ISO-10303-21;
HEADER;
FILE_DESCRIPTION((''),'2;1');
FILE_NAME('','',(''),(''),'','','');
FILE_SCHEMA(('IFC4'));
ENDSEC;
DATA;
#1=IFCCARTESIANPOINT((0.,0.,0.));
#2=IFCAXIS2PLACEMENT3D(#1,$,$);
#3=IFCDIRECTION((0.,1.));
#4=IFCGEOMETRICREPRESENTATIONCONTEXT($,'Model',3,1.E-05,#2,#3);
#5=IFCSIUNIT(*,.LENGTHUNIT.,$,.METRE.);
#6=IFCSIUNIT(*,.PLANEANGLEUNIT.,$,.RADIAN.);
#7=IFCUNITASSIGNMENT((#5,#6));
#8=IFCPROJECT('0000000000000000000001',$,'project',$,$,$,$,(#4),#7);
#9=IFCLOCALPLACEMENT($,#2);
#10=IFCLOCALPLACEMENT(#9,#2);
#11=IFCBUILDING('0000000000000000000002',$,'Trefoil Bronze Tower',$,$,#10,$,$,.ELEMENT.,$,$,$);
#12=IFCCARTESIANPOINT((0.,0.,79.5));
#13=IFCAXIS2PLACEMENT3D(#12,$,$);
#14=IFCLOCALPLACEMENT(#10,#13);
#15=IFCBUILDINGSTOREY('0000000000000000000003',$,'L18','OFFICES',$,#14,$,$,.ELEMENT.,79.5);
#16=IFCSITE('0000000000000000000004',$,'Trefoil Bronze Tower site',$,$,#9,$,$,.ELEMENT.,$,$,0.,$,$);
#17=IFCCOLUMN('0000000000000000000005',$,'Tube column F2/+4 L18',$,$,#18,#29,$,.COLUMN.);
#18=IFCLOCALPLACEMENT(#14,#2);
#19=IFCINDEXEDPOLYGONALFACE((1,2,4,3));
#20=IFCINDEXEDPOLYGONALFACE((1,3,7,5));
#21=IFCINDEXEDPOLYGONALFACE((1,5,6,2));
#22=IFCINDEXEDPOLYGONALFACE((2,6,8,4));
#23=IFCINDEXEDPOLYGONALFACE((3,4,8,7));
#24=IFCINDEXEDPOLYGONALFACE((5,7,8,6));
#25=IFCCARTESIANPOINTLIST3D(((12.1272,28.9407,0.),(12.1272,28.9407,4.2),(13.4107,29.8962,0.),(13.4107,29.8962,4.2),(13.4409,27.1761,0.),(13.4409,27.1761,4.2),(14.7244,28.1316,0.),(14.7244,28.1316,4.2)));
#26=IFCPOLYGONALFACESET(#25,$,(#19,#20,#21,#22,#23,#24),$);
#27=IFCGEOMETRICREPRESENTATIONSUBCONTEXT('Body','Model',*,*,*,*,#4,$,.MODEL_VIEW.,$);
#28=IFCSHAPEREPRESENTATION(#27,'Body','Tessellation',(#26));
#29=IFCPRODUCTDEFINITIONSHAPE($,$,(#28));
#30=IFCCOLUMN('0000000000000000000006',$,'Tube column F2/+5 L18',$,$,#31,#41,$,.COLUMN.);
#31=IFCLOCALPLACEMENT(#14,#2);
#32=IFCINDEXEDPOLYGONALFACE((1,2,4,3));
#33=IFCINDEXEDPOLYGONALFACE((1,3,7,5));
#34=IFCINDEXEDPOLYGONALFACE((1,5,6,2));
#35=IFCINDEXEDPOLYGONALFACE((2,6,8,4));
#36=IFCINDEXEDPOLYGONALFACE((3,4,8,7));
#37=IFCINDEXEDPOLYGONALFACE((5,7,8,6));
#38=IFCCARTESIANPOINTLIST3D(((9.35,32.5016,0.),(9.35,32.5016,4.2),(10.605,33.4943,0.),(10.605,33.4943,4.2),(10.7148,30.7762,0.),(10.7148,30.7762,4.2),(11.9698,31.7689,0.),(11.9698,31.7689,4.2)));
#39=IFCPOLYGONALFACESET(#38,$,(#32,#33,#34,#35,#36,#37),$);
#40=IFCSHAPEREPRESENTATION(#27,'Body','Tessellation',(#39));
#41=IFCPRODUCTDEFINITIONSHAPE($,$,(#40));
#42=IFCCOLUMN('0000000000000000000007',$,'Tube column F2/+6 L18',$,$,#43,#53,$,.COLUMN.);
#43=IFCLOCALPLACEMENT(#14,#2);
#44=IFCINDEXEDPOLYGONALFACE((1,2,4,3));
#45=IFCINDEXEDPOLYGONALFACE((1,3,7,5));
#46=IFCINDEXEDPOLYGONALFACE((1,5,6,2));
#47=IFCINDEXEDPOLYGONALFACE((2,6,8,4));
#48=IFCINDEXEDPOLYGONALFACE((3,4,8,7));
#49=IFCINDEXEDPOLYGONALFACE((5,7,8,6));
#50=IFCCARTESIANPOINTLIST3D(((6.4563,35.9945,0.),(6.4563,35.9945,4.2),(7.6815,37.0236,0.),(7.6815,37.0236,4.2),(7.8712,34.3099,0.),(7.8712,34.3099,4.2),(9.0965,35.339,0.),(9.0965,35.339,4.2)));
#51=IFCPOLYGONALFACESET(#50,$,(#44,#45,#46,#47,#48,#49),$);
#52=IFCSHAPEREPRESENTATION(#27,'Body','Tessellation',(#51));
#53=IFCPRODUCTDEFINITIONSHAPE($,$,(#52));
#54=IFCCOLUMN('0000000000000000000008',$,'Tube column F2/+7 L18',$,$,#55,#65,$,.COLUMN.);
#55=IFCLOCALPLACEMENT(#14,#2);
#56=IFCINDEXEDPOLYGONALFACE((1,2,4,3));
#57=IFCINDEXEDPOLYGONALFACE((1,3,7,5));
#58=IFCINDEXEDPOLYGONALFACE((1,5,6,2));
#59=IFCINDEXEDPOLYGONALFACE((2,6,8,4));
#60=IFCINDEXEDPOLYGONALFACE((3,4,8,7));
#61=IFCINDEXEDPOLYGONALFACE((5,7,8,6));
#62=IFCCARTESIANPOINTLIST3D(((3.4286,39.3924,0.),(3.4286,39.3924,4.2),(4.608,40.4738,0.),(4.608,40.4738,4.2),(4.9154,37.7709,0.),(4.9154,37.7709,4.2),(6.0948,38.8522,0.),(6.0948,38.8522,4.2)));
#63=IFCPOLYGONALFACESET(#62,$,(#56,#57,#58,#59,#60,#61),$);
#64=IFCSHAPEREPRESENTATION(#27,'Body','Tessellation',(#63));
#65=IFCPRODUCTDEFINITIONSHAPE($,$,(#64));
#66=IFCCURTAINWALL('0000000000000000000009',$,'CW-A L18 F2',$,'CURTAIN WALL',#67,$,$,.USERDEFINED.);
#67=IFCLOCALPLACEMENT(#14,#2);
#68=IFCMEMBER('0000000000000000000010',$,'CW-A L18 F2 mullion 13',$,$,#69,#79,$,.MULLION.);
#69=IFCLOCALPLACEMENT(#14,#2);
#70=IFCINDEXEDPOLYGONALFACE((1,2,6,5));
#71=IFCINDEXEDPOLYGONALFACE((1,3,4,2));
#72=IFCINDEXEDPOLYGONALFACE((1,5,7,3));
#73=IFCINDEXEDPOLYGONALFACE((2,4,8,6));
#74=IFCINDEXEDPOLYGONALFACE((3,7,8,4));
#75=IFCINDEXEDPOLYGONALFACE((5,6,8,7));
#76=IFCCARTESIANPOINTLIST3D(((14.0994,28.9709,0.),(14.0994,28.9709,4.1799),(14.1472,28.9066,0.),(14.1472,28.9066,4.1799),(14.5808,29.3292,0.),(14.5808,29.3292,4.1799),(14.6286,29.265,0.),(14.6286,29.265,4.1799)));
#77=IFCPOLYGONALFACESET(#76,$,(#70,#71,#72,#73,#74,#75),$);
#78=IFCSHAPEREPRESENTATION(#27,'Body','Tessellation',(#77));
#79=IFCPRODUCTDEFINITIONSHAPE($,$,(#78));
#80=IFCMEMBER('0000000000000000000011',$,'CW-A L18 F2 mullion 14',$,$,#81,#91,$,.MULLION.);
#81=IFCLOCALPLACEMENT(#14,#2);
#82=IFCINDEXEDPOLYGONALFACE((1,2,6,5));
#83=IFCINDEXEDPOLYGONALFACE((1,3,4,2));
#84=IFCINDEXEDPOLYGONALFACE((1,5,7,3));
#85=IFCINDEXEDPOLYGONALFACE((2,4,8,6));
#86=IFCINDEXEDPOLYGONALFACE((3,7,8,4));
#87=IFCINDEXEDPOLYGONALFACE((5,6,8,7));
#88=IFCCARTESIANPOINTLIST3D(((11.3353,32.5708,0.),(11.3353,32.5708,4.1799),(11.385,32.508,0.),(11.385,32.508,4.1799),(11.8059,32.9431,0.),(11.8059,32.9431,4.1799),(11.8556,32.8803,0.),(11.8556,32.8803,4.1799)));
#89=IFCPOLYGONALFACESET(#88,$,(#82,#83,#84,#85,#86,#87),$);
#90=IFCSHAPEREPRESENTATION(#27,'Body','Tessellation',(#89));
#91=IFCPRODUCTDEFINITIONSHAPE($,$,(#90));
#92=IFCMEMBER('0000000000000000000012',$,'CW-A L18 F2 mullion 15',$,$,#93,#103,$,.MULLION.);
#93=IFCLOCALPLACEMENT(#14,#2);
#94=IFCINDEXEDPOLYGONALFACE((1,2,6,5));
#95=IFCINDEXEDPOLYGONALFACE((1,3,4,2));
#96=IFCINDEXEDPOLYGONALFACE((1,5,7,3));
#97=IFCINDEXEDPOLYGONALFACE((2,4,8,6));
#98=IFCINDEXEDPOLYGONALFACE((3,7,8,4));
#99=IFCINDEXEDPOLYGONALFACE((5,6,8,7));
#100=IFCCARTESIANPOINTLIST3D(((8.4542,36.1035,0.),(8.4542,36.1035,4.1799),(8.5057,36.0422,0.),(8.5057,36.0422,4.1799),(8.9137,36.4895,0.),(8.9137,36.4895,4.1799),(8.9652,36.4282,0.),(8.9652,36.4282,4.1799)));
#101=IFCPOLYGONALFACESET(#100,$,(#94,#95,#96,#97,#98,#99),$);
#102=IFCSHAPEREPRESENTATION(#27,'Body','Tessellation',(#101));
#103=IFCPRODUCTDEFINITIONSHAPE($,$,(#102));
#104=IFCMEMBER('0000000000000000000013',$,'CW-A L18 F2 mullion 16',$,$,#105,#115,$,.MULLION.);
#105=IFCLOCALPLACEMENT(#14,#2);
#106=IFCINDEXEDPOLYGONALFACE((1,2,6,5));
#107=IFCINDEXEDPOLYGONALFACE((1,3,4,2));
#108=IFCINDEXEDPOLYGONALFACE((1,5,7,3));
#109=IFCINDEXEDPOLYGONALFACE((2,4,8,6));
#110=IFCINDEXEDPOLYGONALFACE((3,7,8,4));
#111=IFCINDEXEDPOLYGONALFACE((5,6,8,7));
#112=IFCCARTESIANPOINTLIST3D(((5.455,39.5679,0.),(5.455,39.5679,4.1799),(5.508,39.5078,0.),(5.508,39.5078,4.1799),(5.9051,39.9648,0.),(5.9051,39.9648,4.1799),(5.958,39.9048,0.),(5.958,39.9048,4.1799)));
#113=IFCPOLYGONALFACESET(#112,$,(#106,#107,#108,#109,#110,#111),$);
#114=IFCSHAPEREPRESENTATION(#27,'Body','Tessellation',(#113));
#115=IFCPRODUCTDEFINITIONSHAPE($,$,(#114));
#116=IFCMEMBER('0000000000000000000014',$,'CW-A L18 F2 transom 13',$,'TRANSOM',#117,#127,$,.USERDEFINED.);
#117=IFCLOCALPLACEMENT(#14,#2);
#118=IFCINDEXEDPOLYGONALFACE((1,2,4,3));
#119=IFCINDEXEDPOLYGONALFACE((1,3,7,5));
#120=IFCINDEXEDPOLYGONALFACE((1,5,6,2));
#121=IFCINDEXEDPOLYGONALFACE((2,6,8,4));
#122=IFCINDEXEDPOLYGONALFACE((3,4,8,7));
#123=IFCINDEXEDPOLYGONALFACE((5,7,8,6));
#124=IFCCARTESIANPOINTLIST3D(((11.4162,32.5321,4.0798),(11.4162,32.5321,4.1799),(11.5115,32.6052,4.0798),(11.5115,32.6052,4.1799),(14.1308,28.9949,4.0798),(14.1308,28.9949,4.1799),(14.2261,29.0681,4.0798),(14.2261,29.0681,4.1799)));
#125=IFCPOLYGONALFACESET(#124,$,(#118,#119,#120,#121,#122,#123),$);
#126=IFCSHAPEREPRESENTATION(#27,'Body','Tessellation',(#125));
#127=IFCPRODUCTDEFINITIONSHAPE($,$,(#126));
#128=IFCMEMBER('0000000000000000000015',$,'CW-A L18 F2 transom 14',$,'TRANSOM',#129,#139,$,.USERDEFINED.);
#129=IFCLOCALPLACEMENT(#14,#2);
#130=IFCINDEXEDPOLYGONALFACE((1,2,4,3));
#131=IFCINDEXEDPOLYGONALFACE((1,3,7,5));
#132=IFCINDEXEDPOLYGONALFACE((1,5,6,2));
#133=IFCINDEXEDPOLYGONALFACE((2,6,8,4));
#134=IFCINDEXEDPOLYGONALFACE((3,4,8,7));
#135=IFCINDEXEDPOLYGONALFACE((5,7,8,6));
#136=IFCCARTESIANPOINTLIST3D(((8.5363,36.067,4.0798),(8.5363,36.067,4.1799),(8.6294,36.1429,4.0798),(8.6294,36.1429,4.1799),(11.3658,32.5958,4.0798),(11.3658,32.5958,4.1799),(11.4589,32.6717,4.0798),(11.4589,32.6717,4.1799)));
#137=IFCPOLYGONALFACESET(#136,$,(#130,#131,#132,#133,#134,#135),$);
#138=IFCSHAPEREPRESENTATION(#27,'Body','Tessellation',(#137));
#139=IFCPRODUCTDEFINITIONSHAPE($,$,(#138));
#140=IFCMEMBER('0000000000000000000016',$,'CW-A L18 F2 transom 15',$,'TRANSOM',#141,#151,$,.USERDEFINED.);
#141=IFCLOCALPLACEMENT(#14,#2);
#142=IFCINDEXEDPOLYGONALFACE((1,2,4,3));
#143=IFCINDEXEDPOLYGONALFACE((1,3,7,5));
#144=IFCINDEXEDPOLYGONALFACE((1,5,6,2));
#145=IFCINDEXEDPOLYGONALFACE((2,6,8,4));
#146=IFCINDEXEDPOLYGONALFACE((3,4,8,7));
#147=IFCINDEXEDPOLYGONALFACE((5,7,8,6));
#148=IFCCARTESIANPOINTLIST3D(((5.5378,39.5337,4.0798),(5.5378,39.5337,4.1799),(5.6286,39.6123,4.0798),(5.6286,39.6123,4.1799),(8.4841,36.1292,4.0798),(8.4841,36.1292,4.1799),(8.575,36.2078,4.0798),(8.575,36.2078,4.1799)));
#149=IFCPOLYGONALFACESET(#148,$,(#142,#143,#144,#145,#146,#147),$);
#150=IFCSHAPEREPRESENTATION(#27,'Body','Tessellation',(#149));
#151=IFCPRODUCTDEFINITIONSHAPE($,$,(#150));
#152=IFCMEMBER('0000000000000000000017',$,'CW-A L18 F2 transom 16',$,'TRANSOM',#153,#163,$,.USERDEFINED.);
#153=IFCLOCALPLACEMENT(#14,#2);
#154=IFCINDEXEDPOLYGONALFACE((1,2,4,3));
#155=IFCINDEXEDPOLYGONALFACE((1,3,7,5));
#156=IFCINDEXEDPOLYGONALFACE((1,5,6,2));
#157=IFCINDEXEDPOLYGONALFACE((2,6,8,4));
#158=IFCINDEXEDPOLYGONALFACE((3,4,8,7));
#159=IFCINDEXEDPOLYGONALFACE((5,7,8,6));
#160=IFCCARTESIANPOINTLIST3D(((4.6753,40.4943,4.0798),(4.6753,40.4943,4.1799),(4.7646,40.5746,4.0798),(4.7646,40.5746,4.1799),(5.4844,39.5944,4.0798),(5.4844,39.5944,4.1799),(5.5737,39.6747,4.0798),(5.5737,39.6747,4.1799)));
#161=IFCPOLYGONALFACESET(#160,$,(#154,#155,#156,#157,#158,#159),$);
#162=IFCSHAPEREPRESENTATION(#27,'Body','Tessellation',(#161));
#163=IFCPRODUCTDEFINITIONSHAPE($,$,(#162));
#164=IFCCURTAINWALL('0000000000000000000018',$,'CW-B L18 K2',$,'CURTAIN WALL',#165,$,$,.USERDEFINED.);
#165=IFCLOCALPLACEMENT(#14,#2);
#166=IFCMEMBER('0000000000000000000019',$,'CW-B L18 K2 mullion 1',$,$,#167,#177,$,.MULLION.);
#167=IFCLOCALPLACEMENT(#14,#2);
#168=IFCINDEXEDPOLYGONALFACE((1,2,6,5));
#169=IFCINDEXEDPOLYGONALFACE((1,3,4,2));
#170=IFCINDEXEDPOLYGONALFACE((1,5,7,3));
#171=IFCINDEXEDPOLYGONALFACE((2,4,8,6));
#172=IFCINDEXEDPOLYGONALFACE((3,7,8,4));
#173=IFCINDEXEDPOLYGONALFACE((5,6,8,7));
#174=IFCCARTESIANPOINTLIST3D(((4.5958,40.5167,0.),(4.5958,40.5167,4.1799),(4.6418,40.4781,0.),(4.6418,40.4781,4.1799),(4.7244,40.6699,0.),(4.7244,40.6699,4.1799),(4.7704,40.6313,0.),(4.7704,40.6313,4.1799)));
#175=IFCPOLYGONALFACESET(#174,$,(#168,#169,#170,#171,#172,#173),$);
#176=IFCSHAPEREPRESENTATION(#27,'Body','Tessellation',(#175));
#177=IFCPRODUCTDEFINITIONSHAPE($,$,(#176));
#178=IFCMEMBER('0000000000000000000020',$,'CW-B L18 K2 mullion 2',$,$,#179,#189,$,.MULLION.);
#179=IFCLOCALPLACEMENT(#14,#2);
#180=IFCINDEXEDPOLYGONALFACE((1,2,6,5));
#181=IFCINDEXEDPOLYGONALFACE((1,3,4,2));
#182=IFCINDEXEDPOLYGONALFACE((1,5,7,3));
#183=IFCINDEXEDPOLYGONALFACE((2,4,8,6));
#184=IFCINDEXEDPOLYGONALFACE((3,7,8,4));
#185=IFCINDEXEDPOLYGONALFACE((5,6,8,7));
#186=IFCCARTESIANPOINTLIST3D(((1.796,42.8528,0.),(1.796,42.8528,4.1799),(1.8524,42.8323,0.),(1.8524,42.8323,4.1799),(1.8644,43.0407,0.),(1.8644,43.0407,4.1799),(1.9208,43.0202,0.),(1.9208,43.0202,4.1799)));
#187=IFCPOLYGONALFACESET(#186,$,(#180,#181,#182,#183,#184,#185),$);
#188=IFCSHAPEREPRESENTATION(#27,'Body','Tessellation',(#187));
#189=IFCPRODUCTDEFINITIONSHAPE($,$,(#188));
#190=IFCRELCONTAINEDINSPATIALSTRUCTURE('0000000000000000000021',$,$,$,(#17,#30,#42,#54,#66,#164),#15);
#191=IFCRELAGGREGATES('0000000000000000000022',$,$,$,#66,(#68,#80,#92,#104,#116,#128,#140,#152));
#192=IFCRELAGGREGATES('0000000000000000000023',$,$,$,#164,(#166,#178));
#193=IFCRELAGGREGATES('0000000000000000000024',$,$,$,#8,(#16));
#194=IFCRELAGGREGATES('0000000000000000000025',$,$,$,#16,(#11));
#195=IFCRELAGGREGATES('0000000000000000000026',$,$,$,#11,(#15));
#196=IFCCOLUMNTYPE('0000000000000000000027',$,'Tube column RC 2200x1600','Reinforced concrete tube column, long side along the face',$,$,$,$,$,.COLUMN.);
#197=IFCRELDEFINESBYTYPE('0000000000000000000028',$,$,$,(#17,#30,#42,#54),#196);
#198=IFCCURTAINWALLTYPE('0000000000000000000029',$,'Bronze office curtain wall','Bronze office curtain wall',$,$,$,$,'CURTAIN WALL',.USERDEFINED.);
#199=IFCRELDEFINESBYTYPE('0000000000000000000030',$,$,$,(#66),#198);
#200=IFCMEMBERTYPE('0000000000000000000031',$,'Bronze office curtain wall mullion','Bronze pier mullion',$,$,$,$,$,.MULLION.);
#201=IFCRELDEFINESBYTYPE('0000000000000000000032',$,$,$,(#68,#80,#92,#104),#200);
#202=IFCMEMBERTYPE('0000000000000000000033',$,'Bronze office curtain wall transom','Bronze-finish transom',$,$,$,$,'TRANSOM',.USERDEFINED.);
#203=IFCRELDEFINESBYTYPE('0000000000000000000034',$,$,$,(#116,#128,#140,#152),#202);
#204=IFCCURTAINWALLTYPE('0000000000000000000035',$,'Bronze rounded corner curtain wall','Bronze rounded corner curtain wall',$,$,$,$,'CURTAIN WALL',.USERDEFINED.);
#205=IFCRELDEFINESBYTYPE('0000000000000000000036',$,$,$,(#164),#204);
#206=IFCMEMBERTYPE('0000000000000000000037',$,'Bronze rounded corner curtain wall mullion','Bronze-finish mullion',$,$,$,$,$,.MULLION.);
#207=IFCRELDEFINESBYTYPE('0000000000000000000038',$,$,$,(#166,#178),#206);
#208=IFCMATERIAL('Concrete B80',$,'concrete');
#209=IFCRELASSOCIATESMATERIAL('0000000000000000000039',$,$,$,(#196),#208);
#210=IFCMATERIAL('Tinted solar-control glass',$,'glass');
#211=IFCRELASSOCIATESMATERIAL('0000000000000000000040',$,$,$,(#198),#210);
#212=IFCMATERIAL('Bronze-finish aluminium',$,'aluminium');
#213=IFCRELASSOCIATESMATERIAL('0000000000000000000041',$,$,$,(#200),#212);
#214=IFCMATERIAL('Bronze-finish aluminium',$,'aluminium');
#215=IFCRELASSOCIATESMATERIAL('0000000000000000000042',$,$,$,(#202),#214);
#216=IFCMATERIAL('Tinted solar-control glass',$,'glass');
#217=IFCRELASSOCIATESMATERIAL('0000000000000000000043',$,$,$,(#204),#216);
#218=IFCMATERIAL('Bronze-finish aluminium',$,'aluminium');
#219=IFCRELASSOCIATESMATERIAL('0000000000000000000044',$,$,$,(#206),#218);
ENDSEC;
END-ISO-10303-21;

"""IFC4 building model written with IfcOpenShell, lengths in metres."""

from ifc_helpers import new_model, si_unit, direction, frame, origin, origin_2d, place, context, subcontext, project, spatial, rectangle, extrude, material, material_profile, profile_set, type_object, element, aggregate, save


model = new_model("IFC4")

# Units and contexts
model_context = context("Model", 3, precision=1e-05, world=origin(), true_north=direction((0.0, 1.0)))
body_context = subcontext(model_context, "Body", "Model", "MODEL_VIEW")
ifc_project = project(units=[si_unit("LENGTHUNIT", "METRE"), si_unit("PLANEANGLEUNIT", "RADIAN")], contexts=[model_context])

# Site, building, storey
site_placement = place(None, origin())
site = spatial("IfcSite", under=ifc_project, at=site_placement, Name="Trefoil Bronze Tower site", CompositionType="ELEMENT", RefElevation=0.0)
building_placement = place(site_placement, origin())
building = spatial("IfcBuilding", under=site, at=building_placement, Name="Trefoil Bronze Tower", CompositionType="ELEMENT")
storey_placement = place(building_placement, frame((0.0, 0.0, 79.5)))
storey = spatial("IfcBuildingStorey", under=building, at=storey_placement, Name="L18", Description="OFFICES", CompositionType="ELEMENT", Elevation=79.5)

# Columns
ifc_material_1 = material(Name="Concrete B80", Category="concrete")
ifc_material_profile_1 = material_profile(ifc_material_1, rectangle(XDim=2.2, YDim=1.6001, at=origin_2d()), Name="RC 2200x1600")
ifc_profile_set_1 = profile_set([ifc_material_profile_1], Name="Concrete B80")
column_type = type_object("IfcColumnType", Name="Tube column RC 2200x1600", Description="Reinforced concrete tube column, long side along the face", PredefinedType="COLUMN", material=ifc_profile_set_1)
for number, where, z_axis, x_axis, name in (
    (1, (13.4258, 28.5361, 0.0), (0.0, 0.0, 1.0), (-0.597154, 0.802127, 0.0), "Tube column F2/+4 L18"),
    (2, (10.6599, 32.1353, 0.0), (0.0, 0.0, 1.0), (-0.620376, 0.784305, 0.0), "Tube column F2/+5 L18"),
    (3, (7.7764, 35.6667, 0.0), (0.0, 0.0, 1.0), (-0.643163, 0.765729, 0.0), "Tube column F2/+6 L18"),
    (4, (4.7617, 39.1223, 0.0), (0.0, 0.0, 1.0), (-0.675816, 0.73707, 0.0), "Tube column F2/+7 L18"),
):
    element("IfcColumn", number, at=place(storey_placement, frame(where, z_axis=z_axis, x_axis=x_axis)), inside=storey, type_object=column_type, Name=name, PredefinedType="COLUMN", context=body_context, shape_type="SweptSolid", body=[
        extrude(rectangle(XDim=2.2, YDim=1.6001, at=origin_2d()), origin(), (0.0, 0.0, 1.0), 4.2),
    ])

# Curtain walls, members
ifc_material_2 = material(Name="Tinted solar-control glass", Category="glass")
curtain_wall_type_1 = type_object("IfcCurtainWallType", Name="Bronze office curtain wall", Description="Bronze office curtain wall", ElementType="CURTAIN WALL", PredefinedType="USERDEFINED", material=ifc_material_2)
curtain_wall_1_placement = place(storey_placement, origin())
curtain_wall_1 = element("IfcCurtainWall", 5, at=curtain_wall_1_placement, inside=storey, type_object=curtain_wall_type_1, Name="CW-A L18 F2", ObjectType="CURTAIN WALL", PredefinedType="USERDEFINED")
ifc_material_3 = material(Name="Bronze-finish aluminium", Category="aluminium")
ifc_material_profile_2 = material_profile(ifc_material_3, rectangle(XDim=0.6001, YDim=0.0801, at=origin_2d()), Name="CW-A mullion")
ifc_profile_set_2 = profile_set([ifc_material_profile_2], Name="Bronze-finish aluminium")
member_type_1 = type_object("IfcMemberType", Name="Bronze office curtain wall mullion", Description="Bronze pier mullion", PredefinedType="MULLION", material=ifc_profile_set_2)
member_1_placement = place(storey_placement, frame((14.364, 29.1179, 0.0), z_axis=(0.0, 0.0, 1.0), x_axis=(-0.802127, -0.597154, 0.0)))
member_1 = element("IfcMember", 6, at=member_1_placement, type_object=member_type_1, Name="CW-A L18 F2 mullion 13", PredefinedType="MULLION", context=body_context, shape_type="SweptSolid", body=[
    extrude(rectangle(XDim=0.6001, YDim=0.0801, at=origin_2d()), origin(), (0.0, 0.0, 1.0), 4.1799),
])
member_2_placement = place(storey_placement, frame((11.5955, 32.7256, 0.0), z_axis=(0.0, 0.0, 1.0), x_axis=(-0.784305, -0.620376, 0.0)))
member_2 = element("IfcMember", 7, at=member_2_placement, type_object=member_type_1, Name="CW-A L18 F2 mullion 14", PredefinedType="MULLION", context=body_context, shape_type="SweptSolid", body=[
    extrude(rectangle(XDim=0.6001, YDim=0.0801, at=origin_2d()), origin(), (0.0, 0.0, 1.0), 4.1799),
])
member_3_placement = place(storey_placement, frame((8.7097, 36.2659, 0.0), z_axis=(0.0, 0.0, 1.0), x_axis=(-0.765729, -0.643163, 0.0)))
member_3 = element("IfcMember", 8, at=member_3_placement, type_object=member_type_1, Name="CW-A L18 F2 mullion 15", PredefinedType="MULLION", context=body_context, shape_type="SweptSolid", body=[
    extrude(rectangle(XDim=0.6001, YDim=0.0801, at=origin_2d()), origin(), (0.0, 0.0, 1.0), 4.1799),
])
member_4_placement = place(storey_placement, frame((5.7065, 39.7363, 0.0), z_axis=(0.0, 0.0, 1.0), x_axis=(-0.749941, -0.661505, 0.0)))
member_4 = element("IfcMember", 9, at=member_4_placement, type_object=member_type_1, Name="CW-A L18 F2 mullion 16", PredefinedType="MULLION", context=body_context, shape_type="SweptSolid", body=[
    extrude(rectangle(XDim=0.6001, YDim=0.0801, at=origin_2d()), origin(), (0.0, 0.0, 1.0), 4.1799),
])
ifc_material_4 = material(Name="Bronze-finish aluminium", Category="aluminium")
ifc_material_profile_3 = material_profile(ifc_material_4, rectangle(XDim=0.1201, YDim=0.1001, at=origin_2d()), Name="CW-A transom")
ifc_profile_set_3 = profile_set([ifc_material_profile_3], Name="Bronze-finish aluminium")
member_type_2 = type_object("IfcMemberType", Name="Bronze office curtain wall transom", Description="Bronze-finish transom", ElementType="TRANSOM", PredefinedType="USERDEFINED", material=ifc_profile_set_3)
member_5_placement = place(storey_placement, frame((14.1785, 29.0315, 4.1299), z_axis=(-0.608829, 0.793301, 0.0), x_axis=(-0.793301, -0.608829, 0.0)))
member_5 = element("IfcMember", 10, at=member_5_placement, type_object=member_type_2, Name="CW-A L18 F2 transom 13", ObjectType="TRANSOM", PredefinedType="USERDEFINED", context=body_context, shape_type="SweptSolid", body=[
    extrude(rectangle(XDim=0.1201, YDim=0.1001, at=origin_2d()), origin(), (0.0, 0.0, 1.0), 4.4587),
])
member_6_placement = place(storey_placement, frame((11.4124, 32.6338, 4.1299), z_axis=(-0.631836, 0.775102, 0.0), x_axis=(-0.775102, -0.631836, 0.0)))
member_6 = element("IfcMember", 11, at=member_6_placement, type_object=member_type_2, Name="CW-A L18 F2 transom 14", ObjectType="TRANSOM", PredefinedType="USERDEFINED", context=body_context, shape_type="SweptSolid", body=[
    extrude(rectangle(XDim=0.1201, YDim=0.1001, at=origin_2d()), origin(), (0.0, 0.0, 1.0), 4.4783),
])
member_7_placement = place(storey_placement, frame((8.5295, 36.1685, 4.1299), z_axis=(-0.654383, 0.756163, 0.0), x_axis=(-0.756163, -0.654383, 0.0)))
member_7 = element("IfcMember", 12, at=member_7_placement, type_object=member_type_2, Name="CW-A L18 F2 transom 15", ObjectType="TRANSOM", PredefinedType="USERDEFINED", context=body_context, shape_type="SweptSolid", body=[
    extrude(rectangle(XDim=0.1201, YDim=0.1001, at=origin_2d()), origin(), (0.0, 0.0, 1.0), 4.5024),
])
member_8_placement = place(storey_placement, frame((5.5291, 39.6345, 4.1299), z_axis=(-0.668586, 0.743635, 0.0), x_axis=(-0.743635, -0.668586, 0.0)))
member_8 = element("IfcMember", 13, at=member_8_placement, type_object=member_type_2, Name="CW-A L18 F2 transom 16", ObjectType="TRANSOM", PredefinedType="USERDEFINED", context=body_context, shape_type="SweptSolid", body=[
    extrude(rectangle(XDim=0.1201, YDim=0.1001, at=origin_2d()), origin(), (0.0, 0.0, 1.0), 1.2102),
])
ifc_material_5 = material(Name="Tinted solar-control glass", Category="glass")
curtain_wall_type_2 = type_object("IfcCurtainWallType", Name="Bronze rounded corner curtain wall", Description="Bronze rounded corner curtain wall", ElementType="CURTAIN WALL", PredefinedType="USERDEFINED", material=ifc_material_5)
curtain_wall_2_placement = place(storey_placement, origin())
curtain_wall_2 = element("IfcCurtainWall", 14, at=curtain_wall_2_placement, inside=storey, type_object=curtain_wall_type_2, Name="CW-B L18 K2", ObjectType="CURTAIN WALL", PredefinedType="USERDEFINED")
ifc_material_6 = material(Name="Bronze-finish aluminium", Category="aluminium")
ifc_material_profile_4 = material_profile(ifc_material_6, rectangle(XDim=0.2, YDim=0.0601, at=origin_2d()), Name="CW-B mullion")
ifc_profile_set_4 = profile_set([ifc_material_profile_4], Name="Bronze-finish aluminium")
member_type_3 = type_object("IfcMemberType", Name="Bronze rounded corner curtain wall mullion", Description="Bronze-finish mullion", PredefinedType="MULLION", material=ifc_profile_set_4)
member_9_placement = place(storey_placement, frame((4.6831, 40.574, 0.0), z_axis=(0.0, 0.0, 1.0), x_axis=(-0.642788, -0.766044, 0.0)))
member_9 = element("IfcMember", 15, at=member_9_placement, type_object=member_type_3, Name="CW-B L18 K2 mullion 1", PredefinedType="MULLION", context=body_context, shape_type="SweptSolid", body=[
    extrude(rectangle(XDim=0.2, YDim=0.0601, at=origin_2d()), origin(), (0.0, 0.0, 1.0), 4.1799),
])
member_10_placement = place(storey_placement, frame((1.8584, 42.9365, 0.0), z_axis=(0.0, 0.0, 1.0), x_axis=(-0.34202, -0.939693, 0.0)))
member_10 = element("IfcMember", 16, at=member_10_placement, type_object=member_type_3, Name="CW-B L18 K2 mullion 2", PredefinedType="MULLION", context=body_context, shape_type="SweptSolid", body=[
    extrude(rectangle(XDim=0.2, YDim=0.0601, at=origin_2d()), origin(), (0.0, 0.0, 1.0), 4.1799),
])

aggregate(curtain_wall_1, [member_1, member_2, member_3, member_4, member_5, member_6, member_7, member_8])
aggregate(curtain_wall_2, [member_9, member_10])

save(model, "model.ifc")
